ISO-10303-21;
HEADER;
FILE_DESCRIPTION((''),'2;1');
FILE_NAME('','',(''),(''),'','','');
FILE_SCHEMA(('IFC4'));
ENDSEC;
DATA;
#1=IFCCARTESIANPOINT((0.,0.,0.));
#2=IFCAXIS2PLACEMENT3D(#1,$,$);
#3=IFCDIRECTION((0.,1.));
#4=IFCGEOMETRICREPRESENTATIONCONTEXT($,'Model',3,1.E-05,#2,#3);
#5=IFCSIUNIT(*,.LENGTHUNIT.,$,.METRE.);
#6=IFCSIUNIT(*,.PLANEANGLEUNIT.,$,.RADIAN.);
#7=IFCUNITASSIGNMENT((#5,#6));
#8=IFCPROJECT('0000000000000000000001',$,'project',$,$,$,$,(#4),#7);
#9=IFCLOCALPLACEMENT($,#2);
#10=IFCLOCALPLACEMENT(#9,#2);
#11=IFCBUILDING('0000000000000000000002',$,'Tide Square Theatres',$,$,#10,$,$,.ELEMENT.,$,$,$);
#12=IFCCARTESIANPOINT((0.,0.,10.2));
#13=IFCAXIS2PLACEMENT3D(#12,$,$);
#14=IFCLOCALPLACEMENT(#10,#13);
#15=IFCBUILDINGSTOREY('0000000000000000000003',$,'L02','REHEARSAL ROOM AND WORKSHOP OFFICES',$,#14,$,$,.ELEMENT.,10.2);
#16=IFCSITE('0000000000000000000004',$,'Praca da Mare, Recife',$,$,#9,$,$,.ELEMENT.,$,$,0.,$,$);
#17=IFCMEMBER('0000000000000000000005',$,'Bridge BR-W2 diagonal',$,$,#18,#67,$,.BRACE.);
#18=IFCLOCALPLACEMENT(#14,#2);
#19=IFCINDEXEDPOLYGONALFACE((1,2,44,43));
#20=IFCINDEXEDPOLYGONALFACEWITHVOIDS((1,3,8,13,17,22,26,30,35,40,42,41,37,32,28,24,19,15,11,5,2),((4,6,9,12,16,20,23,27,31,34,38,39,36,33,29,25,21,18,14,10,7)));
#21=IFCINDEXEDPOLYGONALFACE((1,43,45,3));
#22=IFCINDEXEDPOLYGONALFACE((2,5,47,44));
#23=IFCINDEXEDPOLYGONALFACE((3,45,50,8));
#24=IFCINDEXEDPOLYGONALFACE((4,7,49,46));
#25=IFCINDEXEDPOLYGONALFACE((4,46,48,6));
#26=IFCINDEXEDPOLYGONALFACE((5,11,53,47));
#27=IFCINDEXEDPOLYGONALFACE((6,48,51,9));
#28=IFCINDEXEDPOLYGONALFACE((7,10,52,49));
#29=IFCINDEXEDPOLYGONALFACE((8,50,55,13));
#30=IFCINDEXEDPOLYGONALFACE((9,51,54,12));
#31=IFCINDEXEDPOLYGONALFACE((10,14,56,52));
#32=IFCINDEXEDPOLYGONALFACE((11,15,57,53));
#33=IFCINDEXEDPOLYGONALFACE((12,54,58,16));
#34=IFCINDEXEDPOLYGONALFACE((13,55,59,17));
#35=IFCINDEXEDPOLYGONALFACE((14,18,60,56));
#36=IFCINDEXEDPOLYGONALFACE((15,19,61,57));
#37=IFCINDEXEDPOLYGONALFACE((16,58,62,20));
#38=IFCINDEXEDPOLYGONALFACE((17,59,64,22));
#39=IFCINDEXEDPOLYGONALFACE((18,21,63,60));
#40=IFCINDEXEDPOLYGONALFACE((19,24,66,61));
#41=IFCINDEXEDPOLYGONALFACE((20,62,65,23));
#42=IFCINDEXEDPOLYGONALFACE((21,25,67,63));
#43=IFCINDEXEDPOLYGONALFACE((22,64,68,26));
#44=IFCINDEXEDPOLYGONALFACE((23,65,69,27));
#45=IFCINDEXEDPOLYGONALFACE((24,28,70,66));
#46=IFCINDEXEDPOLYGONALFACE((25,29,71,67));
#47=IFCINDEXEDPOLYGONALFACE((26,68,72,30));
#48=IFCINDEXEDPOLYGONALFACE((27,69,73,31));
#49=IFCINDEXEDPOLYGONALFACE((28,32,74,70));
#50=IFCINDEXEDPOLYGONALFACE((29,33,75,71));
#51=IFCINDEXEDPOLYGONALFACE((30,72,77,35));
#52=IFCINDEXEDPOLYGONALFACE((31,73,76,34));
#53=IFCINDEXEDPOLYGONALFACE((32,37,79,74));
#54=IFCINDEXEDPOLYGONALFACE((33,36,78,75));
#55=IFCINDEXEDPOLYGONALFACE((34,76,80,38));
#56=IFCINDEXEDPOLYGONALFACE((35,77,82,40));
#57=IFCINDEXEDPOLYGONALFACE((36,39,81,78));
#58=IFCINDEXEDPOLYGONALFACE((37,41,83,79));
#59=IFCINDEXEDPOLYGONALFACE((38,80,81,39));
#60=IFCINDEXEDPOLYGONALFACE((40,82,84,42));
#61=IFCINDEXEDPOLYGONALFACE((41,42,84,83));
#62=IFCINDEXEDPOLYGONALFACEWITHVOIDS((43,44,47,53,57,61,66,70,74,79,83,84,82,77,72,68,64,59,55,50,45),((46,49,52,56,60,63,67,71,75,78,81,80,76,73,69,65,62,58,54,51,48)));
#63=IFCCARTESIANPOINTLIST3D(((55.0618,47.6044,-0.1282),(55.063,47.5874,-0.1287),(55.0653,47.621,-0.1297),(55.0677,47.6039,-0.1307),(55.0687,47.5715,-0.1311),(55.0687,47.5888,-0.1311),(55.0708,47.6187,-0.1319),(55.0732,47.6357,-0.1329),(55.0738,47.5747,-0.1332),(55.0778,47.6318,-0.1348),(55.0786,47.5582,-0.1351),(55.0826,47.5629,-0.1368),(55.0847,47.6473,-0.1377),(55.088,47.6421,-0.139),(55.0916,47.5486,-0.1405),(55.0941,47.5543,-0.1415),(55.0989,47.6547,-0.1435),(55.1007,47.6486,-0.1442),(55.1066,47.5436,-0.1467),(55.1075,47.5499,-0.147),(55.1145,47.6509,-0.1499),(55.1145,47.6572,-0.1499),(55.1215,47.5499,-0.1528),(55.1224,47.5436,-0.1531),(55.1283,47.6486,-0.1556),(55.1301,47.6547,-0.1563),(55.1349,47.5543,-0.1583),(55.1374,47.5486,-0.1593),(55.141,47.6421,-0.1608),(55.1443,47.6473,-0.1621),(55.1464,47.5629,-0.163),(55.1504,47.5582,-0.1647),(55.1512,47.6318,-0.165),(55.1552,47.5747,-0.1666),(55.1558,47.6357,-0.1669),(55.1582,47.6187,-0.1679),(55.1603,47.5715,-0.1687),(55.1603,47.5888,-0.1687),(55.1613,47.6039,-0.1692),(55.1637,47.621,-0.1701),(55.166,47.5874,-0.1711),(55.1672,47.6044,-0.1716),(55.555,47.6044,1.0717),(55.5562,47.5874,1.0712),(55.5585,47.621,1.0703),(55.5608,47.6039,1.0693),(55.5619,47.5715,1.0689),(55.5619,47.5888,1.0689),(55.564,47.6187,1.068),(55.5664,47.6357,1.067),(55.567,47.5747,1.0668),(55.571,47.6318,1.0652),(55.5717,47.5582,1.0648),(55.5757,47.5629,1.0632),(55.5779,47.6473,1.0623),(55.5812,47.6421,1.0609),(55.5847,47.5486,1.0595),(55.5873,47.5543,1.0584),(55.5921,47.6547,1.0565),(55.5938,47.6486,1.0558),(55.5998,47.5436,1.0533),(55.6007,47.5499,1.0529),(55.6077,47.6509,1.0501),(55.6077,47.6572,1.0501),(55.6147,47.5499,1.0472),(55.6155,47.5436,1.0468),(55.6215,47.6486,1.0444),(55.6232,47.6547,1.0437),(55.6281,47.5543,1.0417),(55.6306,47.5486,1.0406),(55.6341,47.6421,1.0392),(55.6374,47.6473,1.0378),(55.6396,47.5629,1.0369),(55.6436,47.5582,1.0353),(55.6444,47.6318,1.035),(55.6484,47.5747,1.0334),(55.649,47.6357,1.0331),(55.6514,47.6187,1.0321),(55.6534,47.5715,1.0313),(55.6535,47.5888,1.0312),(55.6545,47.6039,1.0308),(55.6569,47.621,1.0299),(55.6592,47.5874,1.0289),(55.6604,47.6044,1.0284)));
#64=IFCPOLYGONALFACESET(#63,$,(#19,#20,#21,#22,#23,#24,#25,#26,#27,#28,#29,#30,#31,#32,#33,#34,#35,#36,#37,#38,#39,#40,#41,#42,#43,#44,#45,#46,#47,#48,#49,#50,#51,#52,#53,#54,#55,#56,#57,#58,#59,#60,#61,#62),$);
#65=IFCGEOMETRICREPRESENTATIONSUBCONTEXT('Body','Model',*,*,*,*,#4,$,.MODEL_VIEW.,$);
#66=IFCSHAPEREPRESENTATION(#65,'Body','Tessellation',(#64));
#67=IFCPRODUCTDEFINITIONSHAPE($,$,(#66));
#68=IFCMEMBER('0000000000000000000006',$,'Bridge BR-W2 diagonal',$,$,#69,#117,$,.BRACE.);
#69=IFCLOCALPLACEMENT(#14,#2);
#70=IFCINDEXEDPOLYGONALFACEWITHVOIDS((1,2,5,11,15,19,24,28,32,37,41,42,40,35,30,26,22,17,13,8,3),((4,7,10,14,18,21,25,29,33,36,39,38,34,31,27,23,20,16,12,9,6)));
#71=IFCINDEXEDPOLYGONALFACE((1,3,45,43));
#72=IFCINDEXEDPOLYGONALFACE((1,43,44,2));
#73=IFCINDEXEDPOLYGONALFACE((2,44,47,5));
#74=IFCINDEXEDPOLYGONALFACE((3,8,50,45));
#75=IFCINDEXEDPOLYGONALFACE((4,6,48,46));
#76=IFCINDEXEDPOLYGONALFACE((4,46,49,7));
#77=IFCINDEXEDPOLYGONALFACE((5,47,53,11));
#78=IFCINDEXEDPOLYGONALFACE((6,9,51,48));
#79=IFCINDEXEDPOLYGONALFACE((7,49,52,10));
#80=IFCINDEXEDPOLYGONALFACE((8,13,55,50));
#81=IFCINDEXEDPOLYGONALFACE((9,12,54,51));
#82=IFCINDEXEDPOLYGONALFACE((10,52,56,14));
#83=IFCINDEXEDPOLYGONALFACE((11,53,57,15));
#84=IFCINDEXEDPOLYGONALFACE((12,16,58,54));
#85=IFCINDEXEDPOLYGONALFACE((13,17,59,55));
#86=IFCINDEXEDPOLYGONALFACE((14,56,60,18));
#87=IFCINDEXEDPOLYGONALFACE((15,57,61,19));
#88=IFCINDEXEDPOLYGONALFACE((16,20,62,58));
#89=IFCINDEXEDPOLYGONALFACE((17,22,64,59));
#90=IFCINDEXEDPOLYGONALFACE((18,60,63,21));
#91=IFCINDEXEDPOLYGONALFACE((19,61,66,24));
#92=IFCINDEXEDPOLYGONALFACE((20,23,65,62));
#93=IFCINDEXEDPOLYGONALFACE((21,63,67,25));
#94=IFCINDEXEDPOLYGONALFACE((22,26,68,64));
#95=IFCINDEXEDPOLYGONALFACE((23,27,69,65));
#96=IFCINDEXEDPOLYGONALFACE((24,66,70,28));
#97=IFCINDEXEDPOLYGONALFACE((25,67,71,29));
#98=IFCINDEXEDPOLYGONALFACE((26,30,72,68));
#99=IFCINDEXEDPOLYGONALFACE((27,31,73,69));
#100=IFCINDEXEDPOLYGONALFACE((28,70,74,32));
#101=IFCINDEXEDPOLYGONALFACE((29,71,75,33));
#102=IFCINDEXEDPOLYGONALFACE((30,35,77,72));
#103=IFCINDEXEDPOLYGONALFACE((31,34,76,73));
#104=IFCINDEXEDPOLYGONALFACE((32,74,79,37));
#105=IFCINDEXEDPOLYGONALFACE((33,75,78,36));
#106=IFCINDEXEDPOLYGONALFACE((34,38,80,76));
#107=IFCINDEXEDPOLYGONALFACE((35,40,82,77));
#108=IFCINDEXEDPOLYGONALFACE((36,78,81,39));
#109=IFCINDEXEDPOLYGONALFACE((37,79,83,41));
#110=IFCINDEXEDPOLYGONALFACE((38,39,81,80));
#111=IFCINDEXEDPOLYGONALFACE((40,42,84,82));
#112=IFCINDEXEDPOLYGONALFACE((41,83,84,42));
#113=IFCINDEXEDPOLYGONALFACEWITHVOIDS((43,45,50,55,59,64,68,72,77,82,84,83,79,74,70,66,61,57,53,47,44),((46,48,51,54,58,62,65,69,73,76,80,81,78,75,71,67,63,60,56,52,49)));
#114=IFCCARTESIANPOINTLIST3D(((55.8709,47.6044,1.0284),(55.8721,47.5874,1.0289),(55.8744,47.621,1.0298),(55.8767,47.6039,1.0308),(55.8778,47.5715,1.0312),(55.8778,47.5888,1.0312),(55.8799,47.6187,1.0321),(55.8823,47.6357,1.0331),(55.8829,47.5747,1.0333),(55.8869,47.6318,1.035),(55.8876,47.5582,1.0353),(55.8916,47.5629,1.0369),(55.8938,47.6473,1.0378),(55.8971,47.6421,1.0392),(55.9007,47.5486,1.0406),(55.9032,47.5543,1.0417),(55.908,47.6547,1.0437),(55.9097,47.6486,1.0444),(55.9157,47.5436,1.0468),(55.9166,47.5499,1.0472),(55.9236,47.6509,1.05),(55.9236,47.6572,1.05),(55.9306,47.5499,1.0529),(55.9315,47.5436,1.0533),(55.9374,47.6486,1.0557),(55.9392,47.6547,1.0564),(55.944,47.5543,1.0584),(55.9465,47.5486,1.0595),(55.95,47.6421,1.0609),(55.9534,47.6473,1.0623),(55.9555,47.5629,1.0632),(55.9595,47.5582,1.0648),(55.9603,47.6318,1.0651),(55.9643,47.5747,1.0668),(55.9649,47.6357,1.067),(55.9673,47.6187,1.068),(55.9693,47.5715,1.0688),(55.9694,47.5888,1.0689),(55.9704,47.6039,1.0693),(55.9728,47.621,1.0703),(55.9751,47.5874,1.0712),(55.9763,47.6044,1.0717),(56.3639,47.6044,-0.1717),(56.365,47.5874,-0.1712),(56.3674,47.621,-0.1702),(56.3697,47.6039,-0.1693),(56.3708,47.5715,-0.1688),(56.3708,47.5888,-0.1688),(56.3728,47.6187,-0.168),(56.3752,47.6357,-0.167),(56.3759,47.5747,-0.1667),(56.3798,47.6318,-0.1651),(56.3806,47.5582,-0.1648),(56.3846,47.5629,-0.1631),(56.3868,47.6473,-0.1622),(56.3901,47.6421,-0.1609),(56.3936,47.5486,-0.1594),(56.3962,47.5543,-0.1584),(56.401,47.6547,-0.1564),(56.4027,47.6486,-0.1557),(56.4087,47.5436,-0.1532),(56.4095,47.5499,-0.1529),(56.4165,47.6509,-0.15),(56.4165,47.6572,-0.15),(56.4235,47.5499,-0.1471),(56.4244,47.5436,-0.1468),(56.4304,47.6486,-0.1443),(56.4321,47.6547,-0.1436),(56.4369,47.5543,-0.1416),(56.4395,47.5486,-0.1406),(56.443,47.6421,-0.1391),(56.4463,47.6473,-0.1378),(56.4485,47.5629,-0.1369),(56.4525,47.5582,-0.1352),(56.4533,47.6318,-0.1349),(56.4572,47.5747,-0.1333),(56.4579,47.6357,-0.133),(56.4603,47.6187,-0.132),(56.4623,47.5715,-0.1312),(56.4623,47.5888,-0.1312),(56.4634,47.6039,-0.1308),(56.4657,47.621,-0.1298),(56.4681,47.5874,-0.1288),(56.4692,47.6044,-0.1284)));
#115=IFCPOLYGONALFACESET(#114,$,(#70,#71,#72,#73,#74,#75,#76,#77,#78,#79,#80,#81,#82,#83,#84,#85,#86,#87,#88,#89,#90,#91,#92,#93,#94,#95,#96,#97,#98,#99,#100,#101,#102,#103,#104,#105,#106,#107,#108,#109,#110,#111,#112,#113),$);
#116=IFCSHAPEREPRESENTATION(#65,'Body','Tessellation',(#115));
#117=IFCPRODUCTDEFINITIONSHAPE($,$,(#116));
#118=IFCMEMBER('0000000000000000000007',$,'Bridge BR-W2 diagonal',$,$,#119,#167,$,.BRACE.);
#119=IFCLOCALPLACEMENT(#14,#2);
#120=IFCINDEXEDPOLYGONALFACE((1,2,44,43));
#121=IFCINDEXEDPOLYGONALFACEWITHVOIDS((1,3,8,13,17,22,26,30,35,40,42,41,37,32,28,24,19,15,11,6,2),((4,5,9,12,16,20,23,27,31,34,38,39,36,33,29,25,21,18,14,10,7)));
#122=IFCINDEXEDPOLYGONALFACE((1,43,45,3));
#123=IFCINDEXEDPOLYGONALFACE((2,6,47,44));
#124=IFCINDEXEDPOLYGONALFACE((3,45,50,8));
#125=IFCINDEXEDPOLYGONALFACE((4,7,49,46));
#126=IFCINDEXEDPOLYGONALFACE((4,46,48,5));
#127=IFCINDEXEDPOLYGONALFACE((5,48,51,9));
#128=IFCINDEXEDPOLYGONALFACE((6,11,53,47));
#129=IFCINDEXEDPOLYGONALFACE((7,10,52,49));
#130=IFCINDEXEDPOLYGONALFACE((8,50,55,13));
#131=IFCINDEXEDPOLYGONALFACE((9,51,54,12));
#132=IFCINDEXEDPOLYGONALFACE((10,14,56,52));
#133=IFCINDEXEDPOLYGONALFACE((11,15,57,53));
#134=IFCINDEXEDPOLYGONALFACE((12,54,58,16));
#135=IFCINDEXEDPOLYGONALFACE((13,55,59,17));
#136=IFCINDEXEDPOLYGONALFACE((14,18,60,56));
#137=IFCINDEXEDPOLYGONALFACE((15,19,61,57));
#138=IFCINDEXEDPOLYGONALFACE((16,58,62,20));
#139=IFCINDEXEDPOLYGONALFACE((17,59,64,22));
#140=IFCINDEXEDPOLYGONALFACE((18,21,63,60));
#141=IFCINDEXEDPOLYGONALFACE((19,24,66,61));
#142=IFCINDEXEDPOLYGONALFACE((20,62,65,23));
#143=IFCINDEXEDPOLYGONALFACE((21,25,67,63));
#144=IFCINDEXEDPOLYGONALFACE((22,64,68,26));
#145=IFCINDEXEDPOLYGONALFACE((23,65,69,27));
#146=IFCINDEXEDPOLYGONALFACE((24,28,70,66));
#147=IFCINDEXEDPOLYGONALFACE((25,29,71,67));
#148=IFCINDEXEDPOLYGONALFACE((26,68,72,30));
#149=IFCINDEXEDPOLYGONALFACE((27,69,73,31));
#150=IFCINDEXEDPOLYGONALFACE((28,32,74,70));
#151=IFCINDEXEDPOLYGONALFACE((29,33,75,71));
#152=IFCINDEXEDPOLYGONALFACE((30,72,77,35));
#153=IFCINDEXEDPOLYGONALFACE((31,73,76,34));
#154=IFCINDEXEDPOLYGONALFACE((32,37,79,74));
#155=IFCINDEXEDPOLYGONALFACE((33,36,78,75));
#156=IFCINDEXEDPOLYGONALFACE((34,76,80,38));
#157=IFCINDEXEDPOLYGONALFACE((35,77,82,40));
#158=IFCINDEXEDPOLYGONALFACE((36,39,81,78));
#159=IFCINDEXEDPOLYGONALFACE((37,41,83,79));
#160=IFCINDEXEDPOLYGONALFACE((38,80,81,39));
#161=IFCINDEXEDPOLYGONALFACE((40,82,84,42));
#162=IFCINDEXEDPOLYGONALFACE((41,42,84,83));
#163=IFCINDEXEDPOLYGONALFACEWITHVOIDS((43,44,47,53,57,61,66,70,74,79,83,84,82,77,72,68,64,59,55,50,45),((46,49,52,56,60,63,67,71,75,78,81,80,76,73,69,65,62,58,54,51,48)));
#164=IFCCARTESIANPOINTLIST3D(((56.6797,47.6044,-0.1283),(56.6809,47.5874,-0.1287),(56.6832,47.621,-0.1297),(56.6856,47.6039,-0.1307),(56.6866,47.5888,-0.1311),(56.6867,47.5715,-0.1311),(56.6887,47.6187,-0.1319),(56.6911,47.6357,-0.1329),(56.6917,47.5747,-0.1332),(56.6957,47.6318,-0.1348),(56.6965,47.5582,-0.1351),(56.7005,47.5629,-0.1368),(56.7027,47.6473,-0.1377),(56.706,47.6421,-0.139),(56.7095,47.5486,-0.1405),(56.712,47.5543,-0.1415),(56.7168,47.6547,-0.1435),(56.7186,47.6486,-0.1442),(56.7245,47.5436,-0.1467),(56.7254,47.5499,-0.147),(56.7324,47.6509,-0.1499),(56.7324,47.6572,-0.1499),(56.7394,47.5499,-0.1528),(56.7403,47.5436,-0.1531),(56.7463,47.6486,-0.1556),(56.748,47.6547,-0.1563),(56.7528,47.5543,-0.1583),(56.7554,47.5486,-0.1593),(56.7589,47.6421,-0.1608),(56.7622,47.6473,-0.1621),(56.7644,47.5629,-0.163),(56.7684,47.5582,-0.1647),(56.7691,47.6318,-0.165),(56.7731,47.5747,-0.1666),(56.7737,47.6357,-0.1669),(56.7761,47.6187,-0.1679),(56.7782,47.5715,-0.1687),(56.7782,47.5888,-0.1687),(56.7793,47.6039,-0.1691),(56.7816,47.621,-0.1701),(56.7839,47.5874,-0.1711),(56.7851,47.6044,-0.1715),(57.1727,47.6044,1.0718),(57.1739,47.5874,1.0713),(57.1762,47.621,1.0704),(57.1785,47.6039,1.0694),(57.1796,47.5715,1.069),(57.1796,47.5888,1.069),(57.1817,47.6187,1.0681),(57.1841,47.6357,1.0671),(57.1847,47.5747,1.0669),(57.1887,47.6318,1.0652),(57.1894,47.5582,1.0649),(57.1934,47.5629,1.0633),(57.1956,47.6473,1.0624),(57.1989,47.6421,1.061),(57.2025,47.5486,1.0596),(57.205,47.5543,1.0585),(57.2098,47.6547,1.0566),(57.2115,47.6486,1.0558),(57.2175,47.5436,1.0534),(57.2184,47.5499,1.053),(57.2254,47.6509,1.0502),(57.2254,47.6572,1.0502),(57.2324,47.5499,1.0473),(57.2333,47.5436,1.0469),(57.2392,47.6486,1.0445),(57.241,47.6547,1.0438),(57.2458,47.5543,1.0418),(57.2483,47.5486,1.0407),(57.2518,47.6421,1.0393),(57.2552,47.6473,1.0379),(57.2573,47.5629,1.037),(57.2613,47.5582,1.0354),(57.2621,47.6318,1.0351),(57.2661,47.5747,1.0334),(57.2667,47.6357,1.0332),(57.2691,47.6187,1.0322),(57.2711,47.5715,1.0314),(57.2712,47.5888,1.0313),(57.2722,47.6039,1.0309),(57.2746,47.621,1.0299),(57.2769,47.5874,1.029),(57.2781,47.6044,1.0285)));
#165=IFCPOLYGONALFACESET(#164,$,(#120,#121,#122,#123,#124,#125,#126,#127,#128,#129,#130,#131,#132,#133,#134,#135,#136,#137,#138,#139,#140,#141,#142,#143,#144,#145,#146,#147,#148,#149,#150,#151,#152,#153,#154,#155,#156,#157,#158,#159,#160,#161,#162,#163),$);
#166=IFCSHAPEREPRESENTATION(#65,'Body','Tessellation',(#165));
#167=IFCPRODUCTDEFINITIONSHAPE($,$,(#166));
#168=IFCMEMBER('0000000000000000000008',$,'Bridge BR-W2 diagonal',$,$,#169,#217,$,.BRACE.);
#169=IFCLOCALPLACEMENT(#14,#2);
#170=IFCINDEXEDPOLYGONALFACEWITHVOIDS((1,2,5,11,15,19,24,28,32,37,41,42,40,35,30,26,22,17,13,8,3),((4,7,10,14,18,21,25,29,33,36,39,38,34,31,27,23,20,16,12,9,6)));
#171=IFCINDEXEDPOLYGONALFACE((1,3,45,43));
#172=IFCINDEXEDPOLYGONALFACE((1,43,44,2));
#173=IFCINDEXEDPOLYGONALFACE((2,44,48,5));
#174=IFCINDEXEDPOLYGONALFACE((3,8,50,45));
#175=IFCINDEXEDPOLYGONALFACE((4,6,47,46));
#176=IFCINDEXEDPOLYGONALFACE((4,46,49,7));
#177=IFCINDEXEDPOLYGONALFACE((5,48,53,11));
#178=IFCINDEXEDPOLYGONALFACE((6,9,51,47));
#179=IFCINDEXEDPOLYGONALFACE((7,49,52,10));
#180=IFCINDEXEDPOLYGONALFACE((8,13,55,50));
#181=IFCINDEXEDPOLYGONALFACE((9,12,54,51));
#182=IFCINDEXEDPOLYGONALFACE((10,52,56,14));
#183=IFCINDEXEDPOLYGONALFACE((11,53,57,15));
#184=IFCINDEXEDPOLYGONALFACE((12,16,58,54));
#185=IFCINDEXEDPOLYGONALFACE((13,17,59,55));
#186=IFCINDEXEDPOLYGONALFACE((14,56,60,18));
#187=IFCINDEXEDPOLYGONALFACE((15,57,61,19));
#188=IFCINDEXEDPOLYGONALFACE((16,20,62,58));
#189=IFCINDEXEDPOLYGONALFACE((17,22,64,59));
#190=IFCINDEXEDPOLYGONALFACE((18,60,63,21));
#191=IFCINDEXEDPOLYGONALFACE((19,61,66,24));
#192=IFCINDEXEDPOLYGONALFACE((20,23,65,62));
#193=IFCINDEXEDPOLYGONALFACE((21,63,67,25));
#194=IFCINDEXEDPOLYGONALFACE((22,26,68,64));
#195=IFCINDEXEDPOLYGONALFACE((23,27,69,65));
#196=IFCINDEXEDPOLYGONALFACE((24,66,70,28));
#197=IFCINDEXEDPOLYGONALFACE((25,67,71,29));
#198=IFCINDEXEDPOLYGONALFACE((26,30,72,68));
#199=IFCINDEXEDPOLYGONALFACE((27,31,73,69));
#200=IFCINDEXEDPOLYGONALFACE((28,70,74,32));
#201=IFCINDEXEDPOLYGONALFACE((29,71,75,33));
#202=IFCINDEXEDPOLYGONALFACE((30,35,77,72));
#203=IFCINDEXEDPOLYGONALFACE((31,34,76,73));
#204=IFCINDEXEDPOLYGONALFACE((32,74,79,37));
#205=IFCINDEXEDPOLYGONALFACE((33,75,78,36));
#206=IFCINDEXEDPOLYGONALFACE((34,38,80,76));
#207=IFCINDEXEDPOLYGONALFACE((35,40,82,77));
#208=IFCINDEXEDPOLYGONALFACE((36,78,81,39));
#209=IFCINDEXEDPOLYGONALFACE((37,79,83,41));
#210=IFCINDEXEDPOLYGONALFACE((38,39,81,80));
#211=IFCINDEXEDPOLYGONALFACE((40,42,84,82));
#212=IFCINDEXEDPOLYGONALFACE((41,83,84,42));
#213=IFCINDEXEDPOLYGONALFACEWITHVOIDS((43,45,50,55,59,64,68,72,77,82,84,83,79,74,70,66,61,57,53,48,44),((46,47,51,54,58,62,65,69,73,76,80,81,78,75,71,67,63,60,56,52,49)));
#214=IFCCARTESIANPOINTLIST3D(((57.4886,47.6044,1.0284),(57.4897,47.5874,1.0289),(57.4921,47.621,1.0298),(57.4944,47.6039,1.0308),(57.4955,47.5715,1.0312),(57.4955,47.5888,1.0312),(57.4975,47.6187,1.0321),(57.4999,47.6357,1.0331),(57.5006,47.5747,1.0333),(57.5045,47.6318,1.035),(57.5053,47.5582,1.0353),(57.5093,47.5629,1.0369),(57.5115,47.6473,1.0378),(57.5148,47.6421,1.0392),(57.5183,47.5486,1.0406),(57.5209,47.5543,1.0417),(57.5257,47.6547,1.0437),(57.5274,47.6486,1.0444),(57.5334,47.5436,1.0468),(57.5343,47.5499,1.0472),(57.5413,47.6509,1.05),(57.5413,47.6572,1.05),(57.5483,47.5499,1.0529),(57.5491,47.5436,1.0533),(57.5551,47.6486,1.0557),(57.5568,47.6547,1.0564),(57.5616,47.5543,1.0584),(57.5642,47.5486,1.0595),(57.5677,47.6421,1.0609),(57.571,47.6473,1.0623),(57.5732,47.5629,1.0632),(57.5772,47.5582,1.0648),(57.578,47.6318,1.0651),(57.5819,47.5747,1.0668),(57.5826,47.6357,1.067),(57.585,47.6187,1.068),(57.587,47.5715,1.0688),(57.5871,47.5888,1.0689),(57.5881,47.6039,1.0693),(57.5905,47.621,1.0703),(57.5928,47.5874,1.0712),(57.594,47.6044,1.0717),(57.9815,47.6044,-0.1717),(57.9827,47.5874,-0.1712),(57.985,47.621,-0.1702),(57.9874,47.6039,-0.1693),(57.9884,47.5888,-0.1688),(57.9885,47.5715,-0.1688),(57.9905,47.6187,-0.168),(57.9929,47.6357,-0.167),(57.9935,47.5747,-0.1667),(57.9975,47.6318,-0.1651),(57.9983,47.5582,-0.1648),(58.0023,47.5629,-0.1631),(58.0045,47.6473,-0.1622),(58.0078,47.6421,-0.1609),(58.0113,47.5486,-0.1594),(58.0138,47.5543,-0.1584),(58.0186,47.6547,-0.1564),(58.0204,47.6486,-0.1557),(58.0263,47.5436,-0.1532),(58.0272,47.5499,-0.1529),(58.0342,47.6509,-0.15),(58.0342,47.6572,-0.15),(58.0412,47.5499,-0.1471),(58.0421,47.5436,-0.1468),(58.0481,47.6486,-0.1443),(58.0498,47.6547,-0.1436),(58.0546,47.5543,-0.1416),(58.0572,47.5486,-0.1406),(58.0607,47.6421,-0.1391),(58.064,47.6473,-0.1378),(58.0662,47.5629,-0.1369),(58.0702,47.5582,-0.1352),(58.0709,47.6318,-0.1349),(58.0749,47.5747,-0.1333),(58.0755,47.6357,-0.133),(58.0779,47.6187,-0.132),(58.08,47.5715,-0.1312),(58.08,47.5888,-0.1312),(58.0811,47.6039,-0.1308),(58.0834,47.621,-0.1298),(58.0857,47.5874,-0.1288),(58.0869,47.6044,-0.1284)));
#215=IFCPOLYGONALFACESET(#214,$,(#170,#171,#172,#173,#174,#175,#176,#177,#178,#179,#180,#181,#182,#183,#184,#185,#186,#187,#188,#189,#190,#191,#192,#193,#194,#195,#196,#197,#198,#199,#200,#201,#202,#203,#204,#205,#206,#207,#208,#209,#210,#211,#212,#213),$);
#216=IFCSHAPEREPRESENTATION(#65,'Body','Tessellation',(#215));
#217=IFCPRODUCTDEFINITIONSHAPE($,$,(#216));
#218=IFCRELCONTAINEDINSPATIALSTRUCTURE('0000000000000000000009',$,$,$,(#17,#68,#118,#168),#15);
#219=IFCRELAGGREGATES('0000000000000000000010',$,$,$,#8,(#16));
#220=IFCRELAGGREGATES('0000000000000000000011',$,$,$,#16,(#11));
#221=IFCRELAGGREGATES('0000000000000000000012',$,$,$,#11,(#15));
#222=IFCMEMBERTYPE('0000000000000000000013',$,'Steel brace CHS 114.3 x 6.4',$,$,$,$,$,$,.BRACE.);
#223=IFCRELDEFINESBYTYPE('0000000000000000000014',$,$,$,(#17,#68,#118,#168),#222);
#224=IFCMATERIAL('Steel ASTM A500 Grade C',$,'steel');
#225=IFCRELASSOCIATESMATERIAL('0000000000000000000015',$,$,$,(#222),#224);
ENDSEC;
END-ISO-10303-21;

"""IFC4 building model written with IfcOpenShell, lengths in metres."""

from ifc_helpers import new_model, si_unit, direction, frame, origin, origin_2d, place, context, subcontext, project, spatial, hollow_circle, extrude, material, material_profile, profile_set, type_object, element, save


model = new_model("IFC4")

# Units and contexts
model_context = context("Model", 3, precision=1e-05, world=origin(), true_north=direction((0.0, 1.0)))
body_context = subcontext(model_context, "Body", "Model", "MODEL_VIEW")
ifc_project = project(units=[si_unit("LENGTHUNIT", "METRE"), si_unit("PLANEANGLEUNIT", "RADIAN")], contexts=[model_context])

# Site, building, storey
site_placement = place(None, origin())
site = spatial("IfcSite", under=ifc_project, at=site_placement, Name="Praca da Mare, Recife", CompositionType="ELEMENT", RefElevation=0.0)
building_placement = place(site_placement, origin())
building = spatial("IfcBuilding", under=site, at=building_placement, Name="Tide Square Theatres", CompositionType="ELEMENT")
storey_placement = place(building_placement, frame((0.0, 0.0, 10.2)))
storey = spatial("IfcBuildingStorey", under=building, at=storey_placement, Name="L02", Description="REHEARSAL ROOM AND WORKSHOP OFFICES", CompositionType="ELEMENT", Elevation=10.2)

# Members
ifc_material_1 = material(Name="Steel ASTM A500 Grade C", Category="steel")
ifc_material_profile_1 = material_profile(ifc_material_1, hollow_circle(Radius=0.0571, WallThickness=0.0063, at=origin_2d()))
ifc_profile_set_1 = profile_set([ifc_material_profile_1], Name="Steel ASTM A500 Grade C")
member_type_1 = type_object("IfcMemberType", Name="Steel brace CHS 114.3 x 6.4", PredefinedType="BRACE", material=ifc_profile_set_1)
for number, where, z_axis, x_axis, name in (
    (1, (55.1145, 47.6001, -0.1499), (0.380134, 0.0, 0.924931), (0.0, 1.0, 0.0), "Bridge BR-W2 diagonal"),
    (2, (55.9236, 47.6001, 1.05), (0.379973, 0.0, -0.924997), (0.0, 1.0, 0.0), "Bridge BR-W2 diagonal"),
    (3, (56.7324, 47.6001, -0.1499), (0.379973, 0.0, 0.924997), (0.0, 1.0, 0.0), "Bridge BR-W2 diagonal"),
    (4, (57.5413, 47.6001, 1.05), (0.379973, 0.0, -0.924997), (0.0, 1.0, 0.0), "Bridge BR-W2 diagonal"),
):
    element("IfcMember", number, at=place(storey_placement, frame(where, z_axis=z_axis, x_axis=x_axis)), inside=storey, type_object=member_type_1, Name=name, PredefinedType="BRACE", context=body_context, shape_type="SweptSolid", body=[
        extrude(hollow_circle(Radius=0.0571, WallThickness=0.0063, at=origin_2d()), origin(), (0.0, 0.0, 1.0), 1.2974),
    ])

save(model, "model.ifc")
